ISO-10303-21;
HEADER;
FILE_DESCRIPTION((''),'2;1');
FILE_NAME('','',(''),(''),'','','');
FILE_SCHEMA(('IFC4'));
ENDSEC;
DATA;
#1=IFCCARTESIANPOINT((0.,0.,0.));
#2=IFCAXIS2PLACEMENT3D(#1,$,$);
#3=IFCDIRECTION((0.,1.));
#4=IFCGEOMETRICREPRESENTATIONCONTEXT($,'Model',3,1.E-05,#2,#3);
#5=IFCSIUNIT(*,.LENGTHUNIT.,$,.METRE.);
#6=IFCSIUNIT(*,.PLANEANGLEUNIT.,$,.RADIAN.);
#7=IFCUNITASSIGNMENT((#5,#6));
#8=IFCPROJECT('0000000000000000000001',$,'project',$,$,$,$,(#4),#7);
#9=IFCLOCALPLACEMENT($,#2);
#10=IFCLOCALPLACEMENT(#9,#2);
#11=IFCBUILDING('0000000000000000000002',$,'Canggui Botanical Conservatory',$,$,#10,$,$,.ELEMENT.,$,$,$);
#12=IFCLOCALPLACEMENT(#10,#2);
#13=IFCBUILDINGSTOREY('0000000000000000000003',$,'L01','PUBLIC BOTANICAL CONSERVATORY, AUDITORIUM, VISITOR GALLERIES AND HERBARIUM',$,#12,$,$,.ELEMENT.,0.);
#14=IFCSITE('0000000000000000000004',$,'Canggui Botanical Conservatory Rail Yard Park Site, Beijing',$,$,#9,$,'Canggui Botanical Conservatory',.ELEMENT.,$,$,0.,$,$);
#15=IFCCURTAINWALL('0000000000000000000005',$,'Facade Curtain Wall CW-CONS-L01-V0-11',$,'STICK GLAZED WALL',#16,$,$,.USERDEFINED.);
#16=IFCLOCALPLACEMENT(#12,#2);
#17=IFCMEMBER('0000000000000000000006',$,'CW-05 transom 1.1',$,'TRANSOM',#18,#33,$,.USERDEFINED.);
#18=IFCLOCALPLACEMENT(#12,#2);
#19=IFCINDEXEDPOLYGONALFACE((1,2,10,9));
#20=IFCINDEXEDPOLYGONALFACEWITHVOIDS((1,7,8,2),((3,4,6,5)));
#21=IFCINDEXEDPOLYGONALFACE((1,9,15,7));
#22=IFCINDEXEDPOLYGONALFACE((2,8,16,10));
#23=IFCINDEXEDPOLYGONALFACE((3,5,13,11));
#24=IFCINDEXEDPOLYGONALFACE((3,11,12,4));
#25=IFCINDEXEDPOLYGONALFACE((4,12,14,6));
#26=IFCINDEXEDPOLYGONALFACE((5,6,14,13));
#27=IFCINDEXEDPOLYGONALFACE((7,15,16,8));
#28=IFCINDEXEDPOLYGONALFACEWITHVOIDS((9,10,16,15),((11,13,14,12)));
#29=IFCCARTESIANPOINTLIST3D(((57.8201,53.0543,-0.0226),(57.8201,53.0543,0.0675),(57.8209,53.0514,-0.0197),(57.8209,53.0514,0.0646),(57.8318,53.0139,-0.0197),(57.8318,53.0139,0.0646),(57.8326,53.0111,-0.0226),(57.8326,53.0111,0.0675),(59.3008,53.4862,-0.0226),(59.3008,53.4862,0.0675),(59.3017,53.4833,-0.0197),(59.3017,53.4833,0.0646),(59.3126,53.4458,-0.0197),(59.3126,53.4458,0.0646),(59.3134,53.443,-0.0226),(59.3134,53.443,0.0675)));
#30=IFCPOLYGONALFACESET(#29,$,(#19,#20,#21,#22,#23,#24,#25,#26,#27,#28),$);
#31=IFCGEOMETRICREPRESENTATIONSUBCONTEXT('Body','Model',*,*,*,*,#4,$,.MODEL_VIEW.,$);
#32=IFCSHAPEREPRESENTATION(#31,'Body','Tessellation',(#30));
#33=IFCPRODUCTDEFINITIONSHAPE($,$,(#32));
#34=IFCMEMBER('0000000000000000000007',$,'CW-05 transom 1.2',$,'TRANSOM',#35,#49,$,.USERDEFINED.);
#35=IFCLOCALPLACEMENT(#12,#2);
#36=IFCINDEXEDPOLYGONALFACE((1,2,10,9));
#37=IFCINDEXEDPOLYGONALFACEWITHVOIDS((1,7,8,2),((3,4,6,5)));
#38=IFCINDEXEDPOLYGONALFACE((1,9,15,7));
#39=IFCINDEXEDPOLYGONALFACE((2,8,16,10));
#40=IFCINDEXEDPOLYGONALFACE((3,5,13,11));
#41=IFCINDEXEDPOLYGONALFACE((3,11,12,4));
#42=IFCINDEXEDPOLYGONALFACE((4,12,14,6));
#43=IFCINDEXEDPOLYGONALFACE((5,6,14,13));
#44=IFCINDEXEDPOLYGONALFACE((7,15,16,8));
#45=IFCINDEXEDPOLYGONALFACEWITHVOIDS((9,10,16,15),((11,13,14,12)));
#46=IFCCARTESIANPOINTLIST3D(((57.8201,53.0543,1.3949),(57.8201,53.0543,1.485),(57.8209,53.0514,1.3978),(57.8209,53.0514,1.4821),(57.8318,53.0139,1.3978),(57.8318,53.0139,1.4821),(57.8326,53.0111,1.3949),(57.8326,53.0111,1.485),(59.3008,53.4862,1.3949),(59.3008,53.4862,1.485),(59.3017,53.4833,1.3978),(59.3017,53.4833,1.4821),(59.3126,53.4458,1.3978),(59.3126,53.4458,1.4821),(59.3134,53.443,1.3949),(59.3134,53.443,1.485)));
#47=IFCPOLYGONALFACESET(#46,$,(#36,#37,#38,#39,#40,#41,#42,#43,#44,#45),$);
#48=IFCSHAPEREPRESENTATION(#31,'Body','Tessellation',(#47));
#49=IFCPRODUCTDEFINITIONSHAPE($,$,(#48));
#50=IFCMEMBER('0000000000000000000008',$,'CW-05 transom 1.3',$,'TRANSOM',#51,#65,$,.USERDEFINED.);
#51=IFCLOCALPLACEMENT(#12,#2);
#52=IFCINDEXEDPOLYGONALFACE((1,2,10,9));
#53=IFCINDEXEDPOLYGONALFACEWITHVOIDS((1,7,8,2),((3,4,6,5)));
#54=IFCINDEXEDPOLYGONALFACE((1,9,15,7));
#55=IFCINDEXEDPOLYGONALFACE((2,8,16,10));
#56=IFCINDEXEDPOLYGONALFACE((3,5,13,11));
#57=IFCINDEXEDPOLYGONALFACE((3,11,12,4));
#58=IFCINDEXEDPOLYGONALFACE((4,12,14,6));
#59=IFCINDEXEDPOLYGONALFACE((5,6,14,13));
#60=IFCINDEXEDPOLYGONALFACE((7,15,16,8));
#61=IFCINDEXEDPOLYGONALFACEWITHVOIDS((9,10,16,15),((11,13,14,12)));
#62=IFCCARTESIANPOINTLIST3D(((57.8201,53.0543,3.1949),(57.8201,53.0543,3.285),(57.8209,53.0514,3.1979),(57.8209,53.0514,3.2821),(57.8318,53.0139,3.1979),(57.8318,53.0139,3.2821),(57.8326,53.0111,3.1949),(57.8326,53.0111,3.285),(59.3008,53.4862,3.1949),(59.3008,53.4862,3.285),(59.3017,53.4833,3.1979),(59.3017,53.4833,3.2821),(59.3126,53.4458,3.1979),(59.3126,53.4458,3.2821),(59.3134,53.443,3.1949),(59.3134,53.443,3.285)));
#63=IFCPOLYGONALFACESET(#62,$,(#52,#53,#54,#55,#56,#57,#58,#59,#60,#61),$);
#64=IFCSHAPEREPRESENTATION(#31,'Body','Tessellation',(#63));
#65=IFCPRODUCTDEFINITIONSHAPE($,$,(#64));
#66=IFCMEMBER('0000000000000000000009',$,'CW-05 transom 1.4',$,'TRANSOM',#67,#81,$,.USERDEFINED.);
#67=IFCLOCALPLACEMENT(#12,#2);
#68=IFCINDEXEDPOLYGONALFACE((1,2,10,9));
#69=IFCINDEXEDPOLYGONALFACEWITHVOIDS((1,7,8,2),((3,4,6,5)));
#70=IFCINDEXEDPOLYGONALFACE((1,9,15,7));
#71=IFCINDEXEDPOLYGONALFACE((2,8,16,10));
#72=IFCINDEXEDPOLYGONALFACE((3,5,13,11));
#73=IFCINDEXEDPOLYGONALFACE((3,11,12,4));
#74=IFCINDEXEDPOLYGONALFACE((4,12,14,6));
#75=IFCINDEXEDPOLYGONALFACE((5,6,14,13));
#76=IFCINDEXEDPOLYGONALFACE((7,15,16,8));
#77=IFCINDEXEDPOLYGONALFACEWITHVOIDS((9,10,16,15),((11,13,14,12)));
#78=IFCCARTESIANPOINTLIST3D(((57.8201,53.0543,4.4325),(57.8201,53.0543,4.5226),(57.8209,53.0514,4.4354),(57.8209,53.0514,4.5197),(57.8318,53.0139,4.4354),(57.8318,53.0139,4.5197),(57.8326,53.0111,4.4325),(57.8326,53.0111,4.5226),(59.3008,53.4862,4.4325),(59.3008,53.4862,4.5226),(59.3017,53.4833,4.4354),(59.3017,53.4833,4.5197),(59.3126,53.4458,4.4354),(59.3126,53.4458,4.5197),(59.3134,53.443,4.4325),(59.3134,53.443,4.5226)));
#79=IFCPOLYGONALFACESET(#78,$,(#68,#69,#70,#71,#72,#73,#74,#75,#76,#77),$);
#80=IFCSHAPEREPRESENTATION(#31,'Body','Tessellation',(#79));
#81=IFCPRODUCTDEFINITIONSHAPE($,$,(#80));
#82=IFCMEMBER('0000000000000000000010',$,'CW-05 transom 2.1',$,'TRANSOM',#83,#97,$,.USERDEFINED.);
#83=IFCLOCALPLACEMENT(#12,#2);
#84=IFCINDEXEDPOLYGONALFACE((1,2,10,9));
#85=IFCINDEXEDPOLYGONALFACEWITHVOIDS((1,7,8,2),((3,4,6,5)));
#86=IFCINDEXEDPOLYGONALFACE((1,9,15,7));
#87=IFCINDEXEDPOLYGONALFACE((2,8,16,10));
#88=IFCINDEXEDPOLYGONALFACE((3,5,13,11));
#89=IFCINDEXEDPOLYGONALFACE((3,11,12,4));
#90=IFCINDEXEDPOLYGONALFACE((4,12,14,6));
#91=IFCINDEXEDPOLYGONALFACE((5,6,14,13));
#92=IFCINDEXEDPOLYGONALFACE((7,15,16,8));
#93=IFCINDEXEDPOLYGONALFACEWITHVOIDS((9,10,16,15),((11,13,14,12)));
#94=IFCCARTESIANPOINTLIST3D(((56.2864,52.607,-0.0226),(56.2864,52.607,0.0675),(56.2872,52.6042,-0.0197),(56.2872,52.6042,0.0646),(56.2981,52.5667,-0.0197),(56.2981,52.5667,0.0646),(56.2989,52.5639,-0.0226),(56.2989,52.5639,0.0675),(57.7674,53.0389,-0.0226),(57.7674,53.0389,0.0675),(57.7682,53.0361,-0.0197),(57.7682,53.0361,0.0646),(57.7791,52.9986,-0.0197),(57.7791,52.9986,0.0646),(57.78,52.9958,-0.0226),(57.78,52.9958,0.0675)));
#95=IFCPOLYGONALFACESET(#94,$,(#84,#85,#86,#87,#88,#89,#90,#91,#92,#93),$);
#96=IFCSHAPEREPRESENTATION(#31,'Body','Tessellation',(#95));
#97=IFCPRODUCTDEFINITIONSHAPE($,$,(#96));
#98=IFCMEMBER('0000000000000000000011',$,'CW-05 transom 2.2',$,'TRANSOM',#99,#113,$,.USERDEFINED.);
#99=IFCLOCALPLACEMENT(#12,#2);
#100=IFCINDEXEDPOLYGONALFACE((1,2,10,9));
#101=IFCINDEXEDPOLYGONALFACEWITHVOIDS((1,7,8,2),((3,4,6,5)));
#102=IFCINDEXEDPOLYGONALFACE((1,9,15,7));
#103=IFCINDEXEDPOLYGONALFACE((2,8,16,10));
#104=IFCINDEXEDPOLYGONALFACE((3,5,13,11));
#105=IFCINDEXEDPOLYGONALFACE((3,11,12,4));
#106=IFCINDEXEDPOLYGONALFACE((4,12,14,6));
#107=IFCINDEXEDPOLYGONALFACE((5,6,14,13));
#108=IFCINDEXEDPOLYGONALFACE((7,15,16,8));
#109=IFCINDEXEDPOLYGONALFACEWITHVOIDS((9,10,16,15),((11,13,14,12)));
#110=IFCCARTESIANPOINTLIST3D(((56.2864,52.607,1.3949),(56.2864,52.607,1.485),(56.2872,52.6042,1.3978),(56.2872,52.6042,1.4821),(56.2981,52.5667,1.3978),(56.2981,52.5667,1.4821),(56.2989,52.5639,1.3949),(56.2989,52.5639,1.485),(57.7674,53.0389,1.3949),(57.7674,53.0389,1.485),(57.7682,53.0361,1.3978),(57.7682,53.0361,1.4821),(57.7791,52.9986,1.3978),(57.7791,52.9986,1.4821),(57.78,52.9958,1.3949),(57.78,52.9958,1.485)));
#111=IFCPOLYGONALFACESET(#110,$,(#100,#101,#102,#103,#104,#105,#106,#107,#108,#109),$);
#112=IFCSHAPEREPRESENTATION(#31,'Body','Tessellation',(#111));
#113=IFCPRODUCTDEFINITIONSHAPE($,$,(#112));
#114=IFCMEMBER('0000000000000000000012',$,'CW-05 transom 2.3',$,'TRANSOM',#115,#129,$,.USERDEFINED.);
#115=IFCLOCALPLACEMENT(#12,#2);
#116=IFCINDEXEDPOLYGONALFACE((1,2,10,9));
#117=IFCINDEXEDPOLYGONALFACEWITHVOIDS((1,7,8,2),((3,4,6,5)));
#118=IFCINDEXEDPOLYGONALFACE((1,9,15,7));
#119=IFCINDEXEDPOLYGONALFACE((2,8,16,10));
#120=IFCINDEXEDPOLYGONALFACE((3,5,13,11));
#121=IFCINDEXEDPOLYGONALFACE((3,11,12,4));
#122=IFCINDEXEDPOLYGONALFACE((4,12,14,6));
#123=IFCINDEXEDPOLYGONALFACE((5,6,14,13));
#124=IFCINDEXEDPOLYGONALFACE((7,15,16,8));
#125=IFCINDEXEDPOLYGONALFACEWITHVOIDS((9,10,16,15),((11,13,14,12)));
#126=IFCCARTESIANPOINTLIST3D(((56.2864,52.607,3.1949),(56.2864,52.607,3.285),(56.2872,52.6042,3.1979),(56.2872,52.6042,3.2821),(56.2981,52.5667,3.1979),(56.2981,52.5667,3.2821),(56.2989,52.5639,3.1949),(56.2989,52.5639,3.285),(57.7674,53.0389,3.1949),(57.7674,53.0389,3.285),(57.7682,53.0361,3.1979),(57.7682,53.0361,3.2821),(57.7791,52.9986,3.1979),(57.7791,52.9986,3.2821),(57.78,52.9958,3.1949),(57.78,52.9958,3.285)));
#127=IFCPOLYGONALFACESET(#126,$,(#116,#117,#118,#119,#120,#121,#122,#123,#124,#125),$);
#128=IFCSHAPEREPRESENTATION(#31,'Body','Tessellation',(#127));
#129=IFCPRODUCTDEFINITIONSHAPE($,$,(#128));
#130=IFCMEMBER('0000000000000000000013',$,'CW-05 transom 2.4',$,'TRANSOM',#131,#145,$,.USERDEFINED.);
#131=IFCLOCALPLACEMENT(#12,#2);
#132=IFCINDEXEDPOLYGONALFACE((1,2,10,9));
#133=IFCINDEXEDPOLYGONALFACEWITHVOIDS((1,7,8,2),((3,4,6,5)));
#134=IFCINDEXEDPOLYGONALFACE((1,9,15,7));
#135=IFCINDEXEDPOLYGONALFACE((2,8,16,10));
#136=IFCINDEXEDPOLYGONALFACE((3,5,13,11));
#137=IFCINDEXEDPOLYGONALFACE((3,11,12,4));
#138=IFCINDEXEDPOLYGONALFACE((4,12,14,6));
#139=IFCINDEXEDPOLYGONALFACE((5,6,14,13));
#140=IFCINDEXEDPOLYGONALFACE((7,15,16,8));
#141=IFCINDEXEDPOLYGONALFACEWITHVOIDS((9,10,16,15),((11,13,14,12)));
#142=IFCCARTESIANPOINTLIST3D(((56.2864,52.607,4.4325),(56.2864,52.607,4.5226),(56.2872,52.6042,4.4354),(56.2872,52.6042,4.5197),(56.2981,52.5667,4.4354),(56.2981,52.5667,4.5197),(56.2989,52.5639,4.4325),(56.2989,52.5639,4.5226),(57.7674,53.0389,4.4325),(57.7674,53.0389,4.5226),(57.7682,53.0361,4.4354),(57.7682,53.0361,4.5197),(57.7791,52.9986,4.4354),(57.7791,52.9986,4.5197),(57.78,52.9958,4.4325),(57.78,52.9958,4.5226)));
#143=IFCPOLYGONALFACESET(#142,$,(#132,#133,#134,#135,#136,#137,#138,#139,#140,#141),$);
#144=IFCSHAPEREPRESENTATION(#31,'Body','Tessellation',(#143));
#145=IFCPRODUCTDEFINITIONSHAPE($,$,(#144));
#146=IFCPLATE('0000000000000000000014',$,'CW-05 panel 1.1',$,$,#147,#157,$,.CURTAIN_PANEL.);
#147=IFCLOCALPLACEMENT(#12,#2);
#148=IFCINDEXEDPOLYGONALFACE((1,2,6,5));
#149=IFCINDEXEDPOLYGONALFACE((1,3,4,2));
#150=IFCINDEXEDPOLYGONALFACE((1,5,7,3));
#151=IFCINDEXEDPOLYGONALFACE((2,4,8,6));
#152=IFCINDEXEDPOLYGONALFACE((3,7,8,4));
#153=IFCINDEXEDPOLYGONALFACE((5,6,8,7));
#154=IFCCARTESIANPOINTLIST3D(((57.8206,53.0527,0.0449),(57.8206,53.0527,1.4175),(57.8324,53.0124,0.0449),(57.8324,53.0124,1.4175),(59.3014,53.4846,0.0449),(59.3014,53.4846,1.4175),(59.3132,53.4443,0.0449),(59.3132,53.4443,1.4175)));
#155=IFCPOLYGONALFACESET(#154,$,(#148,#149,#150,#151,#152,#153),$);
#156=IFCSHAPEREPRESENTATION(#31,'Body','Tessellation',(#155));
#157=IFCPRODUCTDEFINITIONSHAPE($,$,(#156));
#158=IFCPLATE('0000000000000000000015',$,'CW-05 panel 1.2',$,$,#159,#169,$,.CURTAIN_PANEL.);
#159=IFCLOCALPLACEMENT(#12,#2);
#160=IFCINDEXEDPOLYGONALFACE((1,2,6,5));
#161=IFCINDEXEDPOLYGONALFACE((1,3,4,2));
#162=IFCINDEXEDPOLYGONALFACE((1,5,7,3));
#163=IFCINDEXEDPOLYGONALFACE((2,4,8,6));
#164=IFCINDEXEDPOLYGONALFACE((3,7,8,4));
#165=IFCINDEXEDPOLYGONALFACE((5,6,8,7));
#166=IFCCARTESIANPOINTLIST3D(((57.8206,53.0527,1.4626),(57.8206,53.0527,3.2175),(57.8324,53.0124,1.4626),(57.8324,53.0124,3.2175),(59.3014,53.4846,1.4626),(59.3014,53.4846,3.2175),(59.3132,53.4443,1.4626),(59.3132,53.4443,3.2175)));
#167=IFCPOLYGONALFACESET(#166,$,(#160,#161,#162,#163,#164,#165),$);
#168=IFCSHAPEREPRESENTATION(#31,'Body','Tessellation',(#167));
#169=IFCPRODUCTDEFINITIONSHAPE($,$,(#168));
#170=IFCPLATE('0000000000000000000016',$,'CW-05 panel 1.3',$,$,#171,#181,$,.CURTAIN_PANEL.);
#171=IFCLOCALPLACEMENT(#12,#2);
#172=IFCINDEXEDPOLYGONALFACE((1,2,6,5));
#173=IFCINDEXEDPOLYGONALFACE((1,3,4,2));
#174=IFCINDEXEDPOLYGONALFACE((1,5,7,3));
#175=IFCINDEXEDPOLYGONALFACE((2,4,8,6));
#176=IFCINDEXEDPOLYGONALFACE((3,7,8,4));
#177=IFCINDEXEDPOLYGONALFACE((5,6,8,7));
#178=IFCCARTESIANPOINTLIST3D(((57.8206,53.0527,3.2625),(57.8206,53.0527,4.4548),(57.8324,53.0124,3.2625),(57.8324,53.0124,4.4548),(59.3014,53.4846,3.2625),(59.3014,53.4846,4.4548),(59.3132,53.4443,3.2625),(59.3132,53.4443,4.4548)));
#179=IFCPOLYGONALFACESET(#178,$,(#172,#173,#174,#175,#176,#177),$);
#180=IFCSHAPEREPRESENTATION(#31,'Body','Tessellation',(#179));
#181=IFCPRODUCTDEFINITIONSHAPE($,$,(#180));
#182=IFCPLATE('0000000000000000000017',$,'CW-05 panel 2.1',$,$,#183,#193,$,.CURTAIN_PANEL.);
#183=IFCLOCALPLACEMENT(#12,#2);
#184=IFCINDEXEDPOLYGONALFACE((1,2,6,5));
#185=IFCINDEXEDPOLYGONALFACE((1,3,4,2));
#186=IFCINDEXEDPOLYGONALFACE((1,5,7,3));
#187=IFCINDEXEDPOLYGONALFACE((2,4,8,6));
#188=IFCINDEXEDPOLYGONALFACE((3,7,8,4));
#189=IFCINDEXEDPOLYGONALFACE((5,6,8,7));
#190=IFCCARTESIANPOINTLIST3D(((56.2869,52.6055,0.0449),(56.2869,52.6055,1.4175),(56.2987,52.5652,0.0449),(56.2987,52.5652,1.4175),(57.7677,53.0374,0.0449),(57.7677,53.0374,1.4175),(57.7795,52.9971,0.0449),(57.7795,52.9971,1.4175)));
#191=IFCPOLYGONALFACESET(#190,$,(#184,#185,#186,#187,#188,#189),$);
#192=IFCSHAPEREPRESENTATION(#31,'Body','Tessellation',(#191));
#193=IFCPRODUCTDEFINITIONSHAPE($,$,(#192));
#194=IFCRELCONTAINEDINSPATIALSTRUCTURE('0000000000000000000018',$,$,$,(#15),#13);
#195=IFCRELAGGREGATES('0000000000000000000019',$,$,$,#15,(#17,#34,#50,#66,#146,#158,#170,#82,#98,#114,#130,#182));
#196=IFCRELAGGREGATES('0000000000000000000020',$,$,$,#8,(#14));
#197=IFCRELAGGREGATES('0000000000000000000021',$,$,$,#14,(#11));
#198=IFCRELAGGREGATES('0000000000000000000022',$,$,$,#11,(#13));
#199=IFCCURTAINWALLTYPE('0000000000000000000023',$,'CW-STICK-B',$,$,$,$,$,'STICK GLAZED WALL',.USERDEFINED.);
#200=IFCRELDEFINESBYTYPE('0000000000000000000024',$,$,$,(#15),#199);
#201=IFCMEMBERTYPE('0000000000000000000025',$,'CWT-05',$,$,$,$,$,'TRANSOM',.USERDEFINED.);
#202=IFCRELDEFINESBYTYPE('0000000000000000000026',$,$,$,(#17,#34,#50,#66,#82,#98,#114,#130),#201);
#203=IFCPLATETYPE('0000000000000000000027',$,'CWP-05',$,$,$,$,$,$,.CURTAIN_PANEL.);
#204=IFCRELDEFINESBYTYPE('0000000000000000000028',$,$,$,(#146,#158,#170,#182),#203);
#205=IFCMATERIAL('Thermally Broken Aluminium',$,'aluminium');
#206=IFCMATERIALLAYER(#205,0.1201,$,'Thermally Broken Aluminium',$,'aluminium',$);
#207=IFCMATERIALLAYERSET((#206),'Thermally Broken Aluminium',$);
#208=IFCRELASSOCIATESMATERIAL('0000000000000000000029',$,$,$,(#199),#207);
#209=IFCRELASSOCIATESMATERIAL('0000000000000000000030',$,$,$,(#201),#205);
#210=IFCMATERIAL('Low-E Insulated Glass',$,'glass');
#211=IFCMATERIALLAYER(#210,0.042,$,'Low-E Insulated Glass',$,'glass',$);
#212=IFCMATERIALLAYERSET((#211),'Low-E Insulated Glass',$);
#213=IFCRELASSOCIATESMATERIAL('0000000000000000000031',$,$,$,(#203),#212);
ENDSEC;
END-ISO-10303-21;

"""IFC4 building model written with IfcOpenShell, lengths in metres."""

from ifc_helpers import new_model, si_unit, direction, frame, origin, origin_2d, place, context, subcontext, project, spatial, rectangle, hollow_rectangle, extrude, material, layer, layer_set, material_profile, profile_set, type_object, element, aggregate, save


model = new_model("IFC4")

# Units and contexts
model_context = context("Model", 3, precision=1e-05, world=origin(), true_north=direction((0.0, 1.0)))
body_context = subcontext(model_context, "Body", "Model", "MODEL_VIEW")
ifc_project = project(units=[si_unit("LENGTHUNIT", "METRE"), si_unit("PLANEANGLEUNIT", "RADIAN")], contexts=[model_context])

# Site, building, storey
site_placement = place(None, origin())
site = spatial("IfcSite", under=ifc_project, at=site_placement, Name="Canggui Botanical Conservatory Rail Yard Park Site, Beijing", LongName="Canggui Botanical Conservatory", CompositionType="ELEMENT", RefElevation=0.0)
building_placement = place(site_placement, origin())
building = spatial("IfcBuilding", under=site, at=building_placement, Name="Canggui Botanical Conservatory", CompositionType="ELEMENT")
storey_placement = place(building_placement, origin())
storey = spatial("IfcBuildingStorey", under=building, at=storey_placement, Name="L01", Description="PUBLIC BOTANICAL CONSERVATORY, AUDITORIUM, VISITOR GALLERIES AND HERBARIUM", CompositionType="ELEMENT", Elevation=0.0)

# Shared definitions
ifc_material_1 = material(Name="Thermally Broken Aluminium", Category="aluminium")
ifc_layer_1 = layer(ifc_material_1, 0.1201, Name="Thermally Broken Aluminium", Category="aluminium")
ifc_layer_set_1 = layer_set([ifc_layer_1], Name="Thermally Broken Aluminium")
curtain_wall_type = type_object("IfcCurtainWallType", Name="CW-STICK-B", ElementType="STICK GLAZED WALL", PredefinedType="USERDEFINED", material=ifc_layer_set_1)

# Curtain wall
curtain_wall_1_placement = place(storey_placement, origin())
curtain_wall_1 = element("IfcCurtainWall", 1, at=curtain_wall_1_placement, inside=storey, type_object=curtain_wall_type, Name="Facade Curtain Wall CW-CONS-L01-V0-11", ObjectType="STICK GLAZED WALL", PredefinedType="USERDEFINED")

# Members
ifc_material_profile_1 = material_profile(ifc_material_1, hollow_rectangle(XDim=0.0449, YDim=0.0901, WallThickness=0.0029, at=origin_2d()), Name="CWT 45x90x3")
ifc_profile_set_1 = profile_set([ifc_material_profile_1], Name="Thermally Broken Aluminium")
member_type_1 = type_object("IfcMemberType", Name="CWT-05", ElementType="TRANSOM", PredefinedType="USERDEFINED", material=ifc_profile_set_1)
member_1_placement = place(storey_placement, frame((59.3071, 53.4646, 0.0225), z_axis=(-0.959998, -0.280006, 0.0), x_axis=(0.280006, -0.959998, 0.0)))
member_1 = element("IfcMember", 2, at=member_1_placement, type_object=member_type_1, Name="CW-05 transom 1.1", ObjectType="TRANSOM", PredefinedType="USERDEFINED", context=body_context, shape_type="SweptSolid", body=[
    extrude(hollow_rectangle(XDim=0.0449, YDim=0.0901, WallThickness=0.0029, at=origin_2d()), origin(), (0.0, 0.0, 1.0), 1.5425),
])
member_2_placement = place(storey_placement, frame((59.3071, 53.4646, 1.4399), z_axis=(-0.959998, -0.280006, 0.0), x_axis=(0.280006, -0.959998, 0.0)))
member_2 = element("IfcMember", 3, at=member_2_placement, type_object=member_type_1, Name="CW-05 transom 1.2", ObjectType="TRANSOM", PredefinedType="USERDEFINED", context=body_context, shape_type="SweptSolid", body=[
    extrude(hollow_rectangle(XDim=0.0449, YDim=0.0901, WallThickness=0.0029, at=origin_2d()), origin(), (0.0, 0.0, 1.0), 1.5425),
])
member_3_placement = place(storey_placement, frame((59.3071, 53.4646, 3.24), z_axis=(-0.959998, -0.280006, 0.0), x_axis=(0.280006, -0.959998, 0.0)))
member_3 = element("IfcMember", 4, at=member_3_placement, type_object=member_type_1, Name="CW-05 transom 1.3", ObjectType="TRANSOM", PredefinedType="USERDEFINED", context=body_context, shape_type="SweptSolid", body=[
    extrude(hollow_rectangle(XDim=0.0449, YDim=0.0901, WallThickness=0.0029, at=origin_2d()), origin(), (0.0, 0.0, 1.0), 1.5425),
])
member_4_placement = place(storey_placement, frame((59.3071, 53.4646, 4.4775), z_axis=(-0.959998, -0.280006, 0.0), x_axis=(0.280006, -0.959998, 0.0)))
member_4 = element("IfcMember", 5, at=member_4_placement, type_object=member_type_1, Name="CW-05 transom 1.4", ObjectType="TRANSOM", PredefinedType="USERDEFINED", context=body_context, shape_type="SweptSolid", body=[
    extrude(hollow_rectangle(XDim=0.0449, YDim=0.0901, WallThickness=0.0029, at=origin_2d()), origin(), (0.0, 0.0, 1.0), 1.5425),
])
member_5_placement = place(storey_placement, frame((57.7737, 53.0173, 0.0225), z_axis=(-0.960011, -0.279964, 0.0), x_axis=(0.279964, -0.960011, 0.0)))
member_5 = element("IfcMember", 6, at=member_5_placement, type_object=member_type_1, Name="CW-05 transom 2.1", ObjectType="TRANSOM", PredefinedType="USERDEFINED", context=body_context, shape_type="SweptSolid", body=[
    extrude(hollow_rectangle(XDim=0.0449, YDim=0.0901, WallThickness=0.0029, at=origin_2d()), origin(), (0.0, 0.0, 1.0), 1.5427),
])
member_6_placement = place(storey_placement, frame((57.7737, 53.0173, 1.4399), z_axis=(-0.960011, -0.279964, 0.0), x_axis=(0.279964, -0.960011, 0.0)))
member_6 = element("IfcMember", 7, at=member_6_placement, type_object=member_type_1, Name="CW-05 transom 2.2", ObjectType="TRANSOM", PredefinedType="USERDEFINED", context=body_context, shape_type="SweptSolid", body=[
    extrude(hollow_rectangle(XDim=0.0449, YDim=0.0901, WallThickness=0.0029, at=origin_2d()), origin(), (0.0, 0.0, 1.0), 1.5427),
])
member_7_placement = place(storey_placement, frame((57.7737, 53.0173, 3.24), z_axis=(-0.960011, -0.279964, 0.0), x_axis=(0.279964, -0.960011, 0.0)))
member_7 = element("IfcMember", 8, at=member_7_placement, type_object=member_type_1, Name="CW-05 transom 2.3", ObjectType="TRANSOM", PredefinedType="USERDEFINED", context=body_context, shape_type="SweptSolid", body=[
    extrude(hollow_rectangle(XDim=0.0449, YDim=0.0901, WallThickness=0.0029, at=origin_2d()), origin(), (0.0, 0.0, 1.0), 1.5427),
])
member_8_placement = place(storey_placement, frame((57.7737, 53.0173, 4.4775), z_axis=(-0.960011, -0.279964, 0.0), x_axis=(0.279964, -0.960011, 0.0)))
member_8 = element("IfcMember", 9, at=member_8_placement, type_object=member_type_1, Name="CW-05 transom 2.4", ObjectType="TRANSOM", PredefinedType="USERDEFINED", context=body_context, shape_type="SweptSolid", body=[
    extrude(hollow_rectangle(XDim=0.0449, YDim=0.0901, WallThickness=0.0029, at=origin_2d()), origin(), (0.0, 0.0, 1.0), 1.5427),
])

# Plates
ifc_material_2 = material(Name="Low-E Insulated Glass", Category="glass")
ifc_layer_2 = layer(ifc_material_2, 0.042, Name="Low-E Insulated Glass", Category="glass")
ifc_layer_set_2 = layer_set([ifc_layer_2], Name="Low-E Insulated Glass")
plate_type_1 = type_object("IfcPlateType", Name="CWP-05", PredefinedType="CURTAIN_PANEL", material=ifc_layer_set_2)
plate_1_placement = place(storey_placement, frame((58.5669, 53.2485, 0.0449), z_axis=(0.0, 0.0, 1.0), x_axis=(-0.96, -0.28, 0.0)))
plate_1 = element("IfcPlate", 10, at=plate_1_placement, type_object=plate_type_1, Name="CW-05 panel 1.1", PredefinedType="CURTAIN_PANEL", context=body_context, shape_type="SweptSolid", body=[
    extrude(rectangle(XDim=1.5425, YDim=0.042, at=origin_2d()), origin(), (0.0, 0.0, 1.0), 1.3726),
])
plate_2_placement = place(storey_placement, frame((58.5669, 53.2485, 1.4626), z_axis=(0.0, 0.0, 1.0), x_axis=(-0.96, -0.28, 0.0)))
plate_2 = element("IfcPlate", 11, at=plate_2_placement, type_object=plate_type_1, Name="CW-05 panel 1.2", PredefinedType="CURTAIN_PANEL", context=body_context, shape_type="SweptSolid", body=[
    extrude(rectangle(XDim=1.5425, YDim=0.042, at=origin_2d()), origin(), (0.0, 0.0, 1.0), 1.7549),
])
plate_3_placement = place(storey_placement, frame((58.5669, 53.2485, 3.2625), z_axis=(0.0, 0.0, 1.0), x_axis=(-0.96, -0.28, 0.0)))
plate_3 = element("IfcPlate", 12, at=plate_3_placement, type_object=plate_type_1, Name="CW-05 panel 1.3", PredefinedType="CURTAIN_PANEL", context=body_context, shape_type="SweptSolid", body=[
    extrude(rectangle(XDim=1.5425, YDim=0.042, at=origin_2d()), origin(), (0.0, 0.0, 1.0), 1.1924),
])
plate_4_placement = place(storey_placement, frame((57.0332, 52.8013, 0.0449), z_axis=(0.0, 0.0, 1.0), x_axis=(-0.96, -0.28, 0.0)))
plate_4 = element("IfcPlate", 13, at=plate_4_placement, type_object=plate_type_1, Name="CW-05 panel 2.1", PredefinedType="CURTAIN_PANEL", context=body_context, shape_type="SweptSolid", body=[
    extrude(rectangle(XDim=1.5425, YDim=0.042, at=origin_2d()), origin(), (0.0, 0.0, 1.0), 1.3726),
])
aggregate(curtain_wall_1, [member_1, member_2, member_3, member_4, plate_1, plate_2, plate_3, member_5, member_6, member_7, member_8, plate_4])

save(model, "model.ifc")
